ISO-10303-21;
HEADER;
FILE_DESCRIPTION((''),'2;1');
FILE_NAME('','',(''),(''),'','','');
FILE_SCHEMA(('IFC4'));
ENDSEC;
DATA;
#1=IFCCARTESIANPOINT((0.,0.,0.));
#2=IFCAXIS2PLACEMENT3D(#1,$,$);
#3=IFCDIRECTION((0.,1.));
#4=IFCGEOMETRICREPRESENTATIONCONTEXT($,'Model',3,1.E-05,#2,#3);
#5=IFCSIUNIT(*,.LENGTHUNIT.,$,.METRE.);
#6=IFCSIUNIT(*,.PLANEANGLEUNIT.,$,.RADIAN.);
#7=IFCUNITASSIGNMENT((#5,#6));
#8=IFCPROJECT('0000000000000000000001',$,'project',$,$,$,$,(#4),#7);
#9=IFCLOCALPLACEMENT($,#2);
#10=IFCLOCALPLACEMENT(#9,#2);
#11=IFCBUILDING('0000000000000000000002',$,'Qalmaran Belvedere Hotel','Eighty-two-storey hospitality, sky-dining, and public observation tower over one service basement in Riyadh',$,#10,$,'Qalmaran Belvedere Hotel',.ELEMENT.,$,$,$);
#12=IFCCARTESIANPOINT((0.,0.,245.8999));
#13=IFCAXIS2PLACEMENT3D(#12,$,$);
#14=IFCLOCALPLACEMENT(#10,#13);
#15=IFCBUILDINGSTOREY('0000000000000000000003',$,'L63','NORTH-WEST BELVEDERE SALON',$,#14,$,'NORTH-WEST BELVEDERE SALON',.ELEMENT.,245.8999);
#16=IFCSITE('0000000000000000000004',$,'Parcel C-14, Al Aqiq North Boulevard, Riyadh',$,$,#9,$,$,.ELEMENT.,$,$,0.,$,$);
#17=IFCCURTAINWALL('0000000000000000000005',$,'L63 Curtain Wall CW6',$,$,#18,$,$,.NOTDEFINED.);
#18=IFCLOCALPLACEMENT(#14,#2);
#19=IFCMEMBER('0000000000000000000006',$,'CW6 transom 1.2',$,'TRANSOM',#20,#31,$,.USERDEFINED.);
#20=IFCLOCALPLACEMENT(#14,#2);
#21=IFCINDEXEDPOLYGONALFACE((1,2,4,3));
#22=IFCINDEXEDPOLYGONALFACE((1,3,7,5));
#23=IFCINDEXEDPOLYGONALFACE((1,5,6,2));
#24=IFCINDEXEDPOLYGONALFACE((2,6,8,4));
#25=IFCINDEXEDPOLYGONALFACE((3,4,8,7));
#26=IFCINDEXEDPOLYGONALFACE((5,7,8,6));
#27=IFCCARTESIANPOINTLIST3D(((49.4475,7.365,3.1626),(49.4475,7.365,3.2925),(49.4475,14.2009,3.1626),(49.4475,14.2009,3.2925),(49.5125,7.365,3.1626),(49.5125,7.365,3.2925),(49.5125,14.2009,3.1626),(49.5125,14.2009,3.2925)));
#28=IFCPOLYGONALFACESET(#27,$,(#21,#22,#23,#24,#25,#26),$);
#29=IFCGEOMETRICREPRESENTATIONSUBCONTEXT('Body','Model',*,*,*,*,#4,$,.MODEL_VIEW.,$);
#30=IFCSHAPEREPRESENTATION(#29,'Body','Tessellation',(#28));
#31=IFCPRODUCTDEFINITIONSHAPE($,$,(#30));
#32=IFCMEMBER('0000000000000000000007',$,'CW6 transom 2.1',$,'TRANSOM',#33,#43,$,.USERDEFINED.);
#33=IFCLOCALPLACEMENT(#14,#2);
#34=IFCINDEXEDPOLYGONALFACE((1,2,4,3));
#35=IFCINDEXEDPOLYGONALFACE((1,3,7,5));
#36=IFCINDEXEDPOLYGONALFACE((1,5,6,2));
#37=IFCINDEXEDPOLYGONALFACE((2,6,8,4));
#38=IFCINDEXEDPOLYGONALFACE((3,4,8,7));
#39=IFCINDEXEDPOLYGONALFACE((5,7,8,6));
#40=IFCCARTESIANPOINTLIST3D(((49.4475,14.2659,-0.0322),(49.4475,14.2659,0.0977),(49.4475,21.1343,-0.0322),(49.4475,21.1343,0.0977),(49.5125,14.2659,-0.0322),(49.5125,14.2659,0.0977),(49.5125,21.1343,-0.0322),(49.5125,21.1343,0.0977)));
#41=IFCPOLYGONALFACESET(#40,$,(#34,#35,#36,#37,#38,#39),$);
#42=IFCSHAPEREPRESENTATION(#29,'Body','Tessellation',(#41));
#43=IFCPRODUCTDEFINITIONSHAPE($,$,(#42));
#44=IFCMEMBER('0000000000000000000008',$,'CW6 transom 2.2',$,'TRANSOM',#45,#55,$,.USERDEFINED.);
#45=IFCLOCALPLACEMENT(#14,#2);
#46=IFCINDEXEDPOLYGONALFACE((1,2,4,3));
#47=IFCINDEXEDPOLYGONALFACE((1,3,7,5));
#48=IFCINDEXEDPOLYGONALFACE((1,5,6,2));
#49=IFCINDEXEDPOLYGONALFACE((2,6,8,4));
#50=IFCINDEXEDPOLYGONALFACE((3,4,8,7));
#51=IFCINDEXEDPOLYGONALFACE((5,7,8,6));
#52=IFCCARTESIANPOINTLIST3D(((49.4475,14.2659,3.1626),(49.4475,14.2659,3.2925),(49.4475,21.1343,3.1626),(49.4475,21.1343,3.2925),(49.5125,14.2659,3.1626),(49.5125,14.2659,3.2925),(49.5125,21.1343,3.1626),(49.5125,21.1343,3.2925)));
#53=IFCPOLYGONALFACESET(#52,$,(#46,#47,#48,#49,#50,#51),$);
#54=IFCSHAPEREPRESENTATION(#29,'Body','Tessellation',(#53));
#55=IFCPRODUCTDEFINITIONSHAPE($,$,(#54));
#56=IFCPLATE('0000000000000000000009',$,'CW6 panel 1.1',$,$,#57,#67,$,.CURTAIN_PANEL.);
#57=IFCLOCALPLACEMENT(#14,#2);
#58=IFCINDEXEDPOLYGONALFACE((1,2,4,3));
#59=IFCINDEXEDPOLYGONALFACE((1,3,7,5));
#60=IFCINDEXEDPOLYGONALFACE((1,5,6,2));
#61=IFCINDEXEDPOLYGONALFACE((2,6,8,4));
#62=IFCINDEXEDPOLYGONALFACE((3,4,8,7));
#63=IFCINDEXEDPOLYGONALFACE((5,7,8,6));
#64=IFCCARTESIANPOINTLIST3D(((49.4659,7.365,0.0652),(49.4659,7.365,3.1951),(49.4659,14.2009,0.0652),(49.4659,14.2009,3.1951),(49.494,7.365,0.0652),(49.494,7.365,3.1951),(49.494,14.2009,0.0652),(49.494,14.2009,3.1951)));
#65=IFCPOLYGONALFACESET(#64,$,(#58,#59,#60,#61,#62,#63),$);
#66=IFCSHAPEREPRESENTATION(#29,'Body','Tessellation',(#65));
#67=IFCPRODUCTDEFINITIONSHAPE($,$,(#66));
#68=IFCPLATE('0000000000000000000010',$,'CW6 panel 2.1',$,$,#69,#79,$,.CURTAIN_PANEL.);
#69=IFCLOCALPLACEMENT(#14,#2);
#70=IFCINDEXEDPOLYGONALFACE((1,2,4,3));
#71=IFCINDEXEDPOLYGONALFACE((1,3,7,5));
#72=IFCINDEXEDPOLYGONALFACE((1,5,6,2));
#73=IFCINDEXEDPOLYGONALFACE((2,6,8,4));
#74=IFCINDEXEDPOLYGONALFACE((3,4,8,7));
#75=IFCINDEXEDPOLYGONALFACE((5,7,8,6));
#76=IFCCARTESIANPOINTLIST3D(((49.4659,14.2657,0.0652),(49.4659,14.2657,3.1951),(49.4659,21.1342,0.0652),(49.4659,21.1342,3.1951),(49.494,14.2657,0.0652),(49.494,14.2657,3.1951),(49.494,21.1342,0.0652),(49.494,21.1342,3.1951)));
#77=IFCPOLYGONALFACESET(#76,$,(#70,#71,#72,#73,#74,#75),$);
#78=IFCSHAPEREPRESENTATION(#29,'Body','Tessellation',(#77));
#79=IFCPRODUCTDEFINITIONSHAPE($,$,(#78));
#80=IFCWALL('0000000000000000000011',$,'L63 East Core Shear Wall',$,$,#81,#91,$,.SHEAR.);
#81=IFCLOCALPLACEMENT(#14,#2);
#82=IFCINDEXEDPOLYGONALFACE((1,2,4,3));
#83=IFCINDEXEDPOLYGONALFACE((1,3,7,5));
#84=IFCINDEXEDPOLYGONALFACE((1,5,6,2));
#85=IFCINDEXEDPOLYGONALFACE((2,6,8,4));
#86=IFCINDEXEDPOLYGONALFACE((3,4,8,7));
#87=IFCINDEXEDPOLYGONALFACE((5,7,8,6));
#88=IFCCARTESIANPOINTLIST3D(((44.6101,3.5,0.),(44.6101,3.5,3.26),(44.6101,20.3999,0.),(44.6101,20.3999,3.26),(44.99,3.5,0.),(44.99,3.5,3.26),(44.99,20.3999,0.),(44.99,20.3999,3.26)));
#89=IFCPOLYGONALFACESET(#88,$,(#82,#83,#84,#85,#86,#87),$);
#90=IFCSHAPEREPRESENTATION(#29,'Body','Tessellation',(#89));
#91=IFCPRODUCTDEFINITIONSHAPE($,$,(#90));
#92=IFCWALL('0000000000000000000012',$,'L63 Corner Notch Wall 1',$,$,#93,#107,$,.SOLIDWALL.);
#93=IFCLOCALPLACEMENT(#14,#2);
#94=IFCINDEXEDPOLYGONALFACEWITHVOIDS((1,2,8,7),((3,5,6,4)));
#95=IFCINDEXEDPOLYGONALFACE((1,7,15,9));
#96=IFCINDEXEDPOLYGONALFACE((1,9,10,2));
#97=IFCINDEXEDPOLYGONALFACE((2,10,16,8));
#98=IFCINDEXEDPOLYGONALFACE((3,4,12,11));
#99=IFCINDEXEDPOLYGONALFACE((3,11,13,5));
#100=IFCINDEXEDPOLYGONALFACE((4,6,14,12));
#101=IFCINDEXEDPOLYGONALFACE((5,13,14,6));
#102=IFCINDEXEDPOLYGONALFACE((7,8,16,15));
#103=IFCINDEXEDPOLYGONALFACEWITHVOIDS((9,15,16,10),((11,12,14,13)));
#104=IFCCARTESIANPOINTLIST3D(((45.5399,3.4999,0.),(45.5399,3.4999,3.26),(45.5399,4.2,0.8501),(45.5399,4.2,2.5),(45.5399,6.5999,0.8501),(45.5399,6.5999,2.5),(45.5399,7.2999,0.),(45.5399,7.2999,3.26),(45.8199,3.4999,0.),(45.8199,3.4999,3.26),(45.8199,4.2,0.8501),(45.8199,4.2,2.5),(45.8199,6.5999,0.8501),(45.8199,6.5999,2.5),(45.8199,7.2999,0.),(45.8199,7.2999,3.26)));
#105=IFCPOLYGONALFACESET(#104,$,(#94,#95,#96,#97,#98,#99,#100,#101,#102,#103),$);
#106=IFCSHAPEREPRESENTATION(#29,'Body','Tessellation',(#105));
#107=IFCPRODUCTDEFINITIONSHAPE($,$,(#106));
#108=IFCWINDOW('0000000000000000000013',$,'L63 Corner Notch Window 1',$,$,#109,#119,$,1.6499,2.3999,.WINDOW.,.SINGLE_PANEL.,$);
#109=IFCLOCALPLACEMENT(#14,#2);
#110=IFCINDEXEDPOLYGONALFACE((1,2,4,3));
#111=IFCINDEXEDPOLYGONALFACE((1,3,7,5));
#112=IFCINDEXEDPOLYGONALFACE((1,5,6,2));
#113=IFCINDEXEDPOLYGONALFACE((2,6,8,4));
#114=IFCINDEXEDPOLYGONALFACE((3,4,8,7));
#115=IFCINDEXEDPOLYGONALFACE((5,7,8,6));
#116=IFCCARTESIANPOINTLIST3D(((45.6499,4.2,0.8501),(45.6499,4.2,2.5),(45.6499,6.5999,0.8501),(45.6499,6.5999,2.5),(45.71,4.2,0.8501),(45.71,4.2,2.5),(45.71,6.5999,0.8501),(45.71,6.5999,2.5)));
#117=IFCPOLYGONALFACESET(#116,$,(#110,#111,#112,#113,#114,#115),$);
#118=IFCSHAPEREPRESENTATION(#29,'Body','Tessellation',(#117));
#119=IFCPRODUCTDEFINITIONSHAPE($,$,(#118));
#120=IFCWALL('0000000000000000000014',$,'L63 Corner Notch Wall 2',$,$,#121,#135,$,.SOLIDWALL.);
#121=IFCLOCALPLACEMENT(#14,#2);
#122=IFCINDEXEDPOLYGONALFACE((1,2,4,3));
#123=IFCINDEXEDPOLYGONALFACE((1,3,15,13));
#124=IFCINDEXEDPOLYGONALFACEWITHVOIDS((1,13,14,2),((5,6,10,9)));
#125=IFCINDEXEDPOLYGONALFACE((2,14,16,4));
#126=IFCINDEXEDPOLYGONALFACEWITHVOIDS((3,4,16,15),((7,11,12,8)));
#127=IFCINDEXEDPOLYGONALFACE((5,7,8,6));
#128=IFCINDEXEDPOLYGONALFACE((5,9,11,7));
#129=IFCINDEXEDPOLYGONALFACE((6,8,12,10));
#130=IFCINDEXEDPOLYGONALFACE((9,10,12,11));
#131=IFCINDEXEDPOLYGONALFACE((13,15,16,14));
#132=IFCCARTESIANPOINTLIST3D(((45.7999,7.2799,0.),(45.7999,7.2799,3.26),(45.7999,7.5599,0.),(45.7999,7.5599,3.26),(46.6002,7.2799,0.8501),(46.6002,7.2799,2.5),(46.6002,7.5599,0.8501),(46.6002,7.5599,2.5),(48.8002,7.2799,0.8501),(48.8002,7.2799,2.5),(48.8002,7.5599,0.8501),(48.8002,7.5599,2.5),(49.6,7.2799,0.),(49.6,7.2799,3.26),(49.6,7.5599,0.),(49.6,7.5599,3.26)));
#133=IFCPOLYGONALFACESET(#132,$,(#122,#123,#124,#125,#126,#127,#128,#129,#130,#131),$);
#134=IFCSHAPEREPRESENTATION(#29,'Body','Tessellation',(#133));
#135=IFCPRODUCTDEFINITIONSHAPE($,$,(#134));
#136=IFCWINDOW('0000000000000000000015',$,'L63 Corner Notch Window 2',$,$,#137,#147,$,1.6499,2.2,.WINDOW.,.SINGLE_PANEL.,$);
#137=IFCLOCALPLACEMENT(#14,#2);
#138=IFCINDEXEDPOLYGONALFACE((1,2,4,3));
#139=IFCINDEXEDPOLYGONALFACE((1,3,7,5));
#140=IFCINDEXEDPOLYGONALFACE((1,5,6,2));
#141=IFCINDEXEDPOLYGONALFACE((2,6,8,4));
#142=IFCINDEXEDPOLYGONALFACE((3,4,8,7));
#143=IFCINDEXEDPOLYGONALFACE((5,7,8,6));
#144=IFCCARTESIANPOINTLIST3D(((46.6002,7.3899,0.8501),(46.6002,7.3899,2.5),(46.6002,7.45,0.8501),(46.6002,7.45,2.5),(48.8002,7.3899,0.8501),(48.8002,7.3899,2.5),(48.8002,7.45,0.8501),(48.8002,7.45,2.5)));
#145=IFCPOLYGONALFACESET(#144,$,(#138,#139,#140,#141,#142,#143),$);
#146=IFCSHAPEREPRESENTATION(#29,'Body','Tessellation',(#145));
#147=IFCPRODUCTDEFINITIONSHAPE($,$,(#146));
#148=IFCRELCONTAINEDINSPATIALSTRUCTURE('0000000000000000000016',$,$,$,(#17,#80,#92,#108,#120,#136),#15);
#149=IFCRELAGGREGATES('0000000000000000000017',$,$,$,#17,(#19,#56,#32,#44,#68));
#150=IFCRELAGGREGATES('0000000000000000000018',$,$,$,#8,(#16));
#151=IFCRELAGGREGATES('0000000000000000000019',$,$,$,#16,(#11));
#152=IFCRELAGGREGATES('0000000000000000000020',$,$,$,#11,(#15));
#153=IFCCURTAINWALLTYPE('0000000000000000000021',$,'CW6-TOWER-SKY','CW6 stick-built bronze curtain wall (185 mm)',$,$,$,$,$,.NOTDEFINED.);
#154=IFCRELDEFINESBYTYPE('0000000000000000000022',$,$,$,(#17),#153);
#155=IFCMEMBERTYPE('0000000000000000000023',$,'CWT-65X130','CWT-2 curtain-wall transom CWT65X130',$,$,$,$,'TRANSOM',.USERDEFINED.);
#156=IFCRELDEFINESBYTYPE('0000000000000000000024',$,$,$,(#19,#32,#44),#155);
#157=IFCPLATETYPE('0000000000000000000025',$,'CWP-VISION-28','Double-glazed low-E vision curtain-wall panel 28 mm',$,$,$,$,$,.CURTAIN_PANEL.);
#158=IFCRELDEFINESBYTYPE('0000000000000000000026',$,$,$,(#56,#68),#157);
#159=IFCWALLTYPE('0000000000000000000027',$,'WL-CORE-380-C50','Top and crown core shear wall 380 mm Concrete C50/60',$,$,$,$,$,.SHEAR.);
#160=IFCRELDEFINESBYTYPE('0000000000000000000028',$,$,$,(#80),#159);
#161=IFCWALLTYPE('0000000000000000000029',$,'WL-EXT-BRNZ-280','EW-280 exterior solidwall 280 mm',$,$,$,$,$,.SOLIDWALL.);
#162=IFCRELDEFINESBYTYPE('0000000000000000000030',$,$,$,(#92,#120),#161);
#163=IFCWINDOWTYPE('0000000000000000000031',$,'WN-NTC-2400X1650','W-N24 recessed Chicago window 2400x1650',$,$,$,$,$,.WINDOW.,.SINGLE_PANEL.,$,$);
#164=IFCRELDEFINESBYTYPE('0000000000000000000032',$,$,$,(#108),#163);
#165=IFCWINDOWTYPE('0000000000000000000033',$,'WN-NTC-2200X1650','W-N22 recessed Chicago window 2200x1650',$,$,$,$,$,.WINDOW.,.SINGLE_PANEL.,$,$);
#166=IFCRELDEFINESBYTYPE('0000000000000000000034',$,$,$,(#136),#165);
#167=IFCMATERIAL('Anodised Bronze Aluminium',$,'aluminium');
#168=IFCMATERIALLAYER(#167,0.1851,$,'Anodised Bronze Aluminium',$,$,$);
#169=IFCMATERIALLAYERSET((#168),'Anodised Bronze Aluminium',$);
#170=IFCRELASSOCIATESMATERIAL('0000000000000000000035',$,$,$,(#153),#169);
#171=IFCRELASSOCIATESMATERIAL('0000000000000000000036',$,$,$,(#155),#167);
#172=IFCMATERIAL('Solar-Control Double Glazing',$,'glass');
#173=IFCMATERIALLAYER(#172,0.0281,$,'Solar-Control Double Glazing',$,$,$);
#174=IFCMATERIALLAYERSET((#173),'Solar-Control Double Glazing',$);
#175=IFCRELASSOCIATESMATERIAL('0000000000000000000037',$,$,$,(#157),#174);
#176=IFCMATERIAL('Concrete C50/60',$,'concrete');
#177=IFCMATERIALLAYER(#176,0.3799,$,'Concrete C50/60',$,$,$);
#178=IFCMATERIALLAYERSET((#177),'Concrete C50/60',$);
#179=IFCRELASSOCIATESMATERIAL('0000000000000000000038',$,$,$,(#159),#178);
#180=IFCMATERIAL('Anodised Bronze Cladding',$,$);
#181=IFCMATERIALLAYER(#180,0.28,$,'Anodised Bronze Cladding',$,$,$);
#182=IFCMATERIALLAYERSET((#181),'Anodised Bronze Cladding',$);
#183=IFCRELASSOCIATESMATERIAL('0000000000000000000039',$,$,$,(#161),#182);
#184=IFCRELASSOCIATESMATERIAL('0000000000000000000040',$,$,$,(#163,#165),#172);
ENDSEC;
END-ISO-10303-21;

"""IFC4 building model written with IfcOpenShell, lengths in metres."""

from ifc_helpers import new_model, si_unit, direction, frame, frame_2d, origin, origin_2d, place, context, subcontext, project, spatial, rectangle, extrude, material, layer, layer_set, material_profile, profile_set, type_object, element, fill, aggregate, save


model = new_model("IFC4")

# Units and contexts
model_context = context("Model", 3, precision=1e-05, world=origin(), true_north=direction((0.0, 1.0)))
body_context = subcontext(model_context, "Body", "Model", "MODEL_VIEW")
ifc_project = project(units=[si_unit("LENGTHUNIT", "METRE"), si_unit("PLANEANGLEUNIT", "RADIAN")], contexts=[model_context])

# Site, building, storey
site_placement = place(None, origin())
site = spatial("IfcSite", under=ifc_project, at=site_placement, Name="Parcel C-14, Al Aqiq North Boulevard, Riyadh", CompositionType="ELEMENT", RefElevation=0.0)
building_placement = place(site_placement, origin())
building = spatial("IfcBuilding", under=site, at=building_placement, Name="Qalmaran Belvedere Hotel", Description="Eighty-two-storey hospitality, sky-dining, and public observation tower over one service basement in Riyadh", LongName="Qalmaran Belvedere Hotel", CompositionType="ELEMENT")
storey_placement = place(building_placement, frame((0.0, 0.0, 245.8999)))
storey = spatial("IfcBuildingStorey", under=building, at=storey_placement, Name="L63", Description="NORTH-WEST BELVEDERE SALON", LongName="NORTH-WEST BELVEDERE SALON", CompositionType="ELEMENT", Elevation=245.8999)

# Shared definitions
ifc_material_1 = material(Name="Concrete C50/60", Category="concrete")

# Curtain wall, members, plates
ifc_material_2 = material(Name="Anodised Bronze Aluminium", Category="aluminium")
ifc_layer_1 = layer(ifc_material_2, 0.1851, Name="Anodised Bronze Aluminium")
ifc_layer_set_1 = layer_set([ifc_layer_1], Name="Anodised Bronze Aluminium")
curtain_wall_type = type_object("IfcCurtainWallType", Name="CW6-TOWER-SKY", Description="CW6 stick-built bronze curtain wall (185 mm)", PredefinedType="NOTDEFINED", material=ifc_layer_set_1)
curtain_wall_placement = place(storey_placement, origin())
curtain_wall = element("IfcCurtainWall", 1, at=curtain_wall_placement, inside=storey, type_object=curtain_wall_type, Name="L63 Curtain Wall CW6", PredefinedType="NOTDEFINED")
ifc_material_profile_1 = material_profile(ifc_material_2, rectangle(XDim=0.0649, YDim=0.1299, at=origin_2d()), Name="CWT65X130")
ifc_profile_set_1 = profile_set([ifc_material_profile_1], Name="Anodised Bronze Aluminium")
member_type_1 = type_object("IfcMemberType", Name="CWT-65X130", Description="CWT-2 curtain-wall transom CWT65X130", ElementType="TRANSOM", PredefinedType="USERDEFINED", material=ifc_profile_set_1)
member_1_placement = place(storey_placement, frame((49.48, 7.365, 3.2275), z_axis=(0.0, 1.0, 0.0), x_axis=(-1.0, 0.0, 0.0)))
member_1 = element("IfcMember", 2, at=member_1_placement, type_object=member_type_1, Name="CW6 transom 1.2", ObjectType="TRANSOM", PredefinedType="USERDEFINED", context=body_context, shape_type="SweptSolid", body=[
    extrude(rectangle(XDim=0.0649, YDim=0.1299, at=origin_2d()), origin(), (0.0, 0.0, 1.0), 6.8359),
])
member_2_placement = place(storey_placement, frame((49.48, 14.2659, 0.0327), z_axis=(0.0, 1.0, 0.0), x_axis=(-1.0, 0.0, 0.0)))
member_2 = element("IfcMember", 3, at=member_2_placement, type_object=member_type_1, Name="CW6 transom 2.1", ObjectType="TRANSOM", PredefinedType="USERDEFINED", context=body_context, shape_type="SweptSolid", body=[
    extrude(rectangle(XDim=0.0649, YDim=0.1299, at=origin_2d()), origin(), (0.0, 0.0, 1.0), 6.8684),
])
member_3_placement = place(storey_placement, frame((49.48, 14.2659, 3.2275), z_axis=(0.0, 1.0, 0.0), x_axis=(-1.0, 0.0, 0.0)))
member_3 = element("IfcMember", 4, at=member_3_placement, type_object=member_type_1, Name="CW6 transom 2.2", ObjectType="TRANSOM", PredefinedType="USERDEFINED", context=body_context, shape_type="SweptSolid", body=[
    extrude(rectangle(XDim=0.0649, YDim=0.1299, at=origin_2d()), origin(), (0.0, 0.0, 1.0), 6.8684),
])
ifc_material_3 = material(Name="Solar-Control Double Glazing", Category="glass")
ifc_layer_2 = layer(ifc_material_3, 0.0281, Name="Solar-Control Double Glazing")
ifc_layer_set_2 = layer_set([ifc_layer_2], Name="Solar-Control Double Glazing")
plate_type = type_object("IfcPlateType", Name="CWP-VISION-28", Description="Double-glazed low-E vision curtain-wall panel 28 mm", PredefinedType="CURTAIN_PANEL", material=ifc_layer_set_2)
plate_1_placement = place(storey_placement, frame((49.48, 10.783, 0.0652), z_axis=(0.0, 0.0, 1.0), x_axis=(0.0, 1.0, 0.0)))
plate_1 = element("IfcPlate", 5, at=plate_1_placement, type_object=plate_type, Name="CW6 panel 1.1", PredefinedType="CURTAIN_PANEL", context=body_context, shape_type="SweptSolid", body=[
    extrude(rectangle(XDim=6.8359, YDim=0.0281, at=origin_2d()), origin(), (0.0, 0.0, 1.0), 3.1299),
])
plate_2_placement = place(storey_placement, frame((49.48, 17.7, 0.0652), z_axis=(0.0, 0.0, 1.0), x_axis=(0.0, 1.0, 0.0)))
plate_2 = element("IfcPlate", 6, at=plate_2_placement, type_object=plate_type, Name="CW6 panel 2.1", PredefinedType="CURTAIN_PANEL", context=body_context, shape_type="SweptSolid", body=[
    extrude(rectangle(XDim=6.8684, YDim=0.0281, at=origin_2d()), origin(), (0.0, 0.0, 1.0), 3.1299),
])
aggregate(curtain_wall, [member_1, plate_1, member_2, member_3, plate_2])

# Wall
ifc_layer_3 = layer(ifc_material_1, 0.3799, Name="Concrete C50/60")
ifc_layer_set_3 = layer_set([ifc_layer_3], Name="Concrete C50/60")
wall_type_1 = type_object("IfcWallType", Name="WL-CORE-380-C50", Description="Top and crown core shear wall 380 mm Concrete C50/60", PredefinedType="SHEAR", material=ifc_layer_set_3)
wall_1_placement = place(storey_placement, frame((44.8, 3.5, 0.0), z_axis=(0.0, 0.0, 1.0), x_axis=(0.0, 1.0, 0.0)))
element("IfcWall", 7, at=wall_1_placement, inside=storey, type_object=wall_type_1, Name="L63 East Core Shear Wall", PredefinedType="SHEAR", context=body_context, shape_type="SweptSolid", body=[
    extrude(rectangle(XDim=16.8999, YDim=0.3799, at=frame_2d((8.45, 0.0))), origin(), (0.0, 0.0, 1.0), 3.26),
])

# Walls, openings, windows
ifc_material_4 = material(Name="Anodised Bronze Cladding")
ifc_layer_4 = layer(ifc_material_4, 0.28, Name="Anodised Bronze Cladding")
ifc_layer_set_4 = layer_set([ifc_layer_4], Name="Anodised Bronze Cladding")
wall_type_2 = type_object("IfcWallType", Name="WL-EXT-BRNZ-280", Description="EW-280 exterior solidwall 280 mm", PredefinedType="SOLIDWALL", material=ifc_layer_set_4)
wall_2_placement = place(storey_placement, frame((45.6799, 3.5, 0.0), z_axis=(0.0, 0.0, 1.0), x_axis=(0.0, 1.0, 0.0)))
wall_2 = element("IfcWall", 8, at=wall_2_placement, inside=storey, type_object=wall_type_2, Name="L63 Corner Notch Wall 1", PredefinedType="SOLIDWALL", context=body_context, shape_type="SweptSolid", body=[
    extrude(rectangle(XDim=3.8, YDim=0.28, at=frame_2d((1.8999, 0.0))), origin(), (0.0, 0.0, 1.0), 3.26),
])
opening_1_placement = place(wall_2_placement, frame((0.7, 0.0, 0.8501)))
opening_1 = element("IfcOpeningElement", 9, at=opening_1_placement, cuts=wall_2, PredefinedType="OPENING", context=body_context, shape_type="SweptSolid", body=[
    extrude(rectangle(XDim=2.3999, YDim=1.6499, at=frame_2d((1.2, 0.825))), frame((0.0, 0.1499, 0.0), z_axis=(0.0, -1.0, 0.0), x_axis=(1.0, 0.0, 0.0)), (0.0, 0.0, 1.0), 0.3),
])
window_type_1 = type_object("IfcWindowType", Name="WN-NTC-2400X1650", Description="W-N24 recessed Chicago window 2400x1650", PartitioningType="SINGLE_PANEL", PredefinedType="WINDOW", material=ifc_material_3)
window_1_placement = place(opening_1_placement, origin())
window_1 = element("IfcWindow", 10, at=window_1_placement, inside=storey, type_object=window_type_1, Name="L63 Corner Notch Window 1", OverallHeight=1.6499, OverallWidth=2.3999, PartitioningType="SINGLE_PANEL", PredefinedType="WINDOW", context=body_context, shape_type="SweptSolid", body=[
    extrude(rectangle(XDim=2.3999, YDim=1.6499, at=frame_2d((1.2, 0.825))), frame((0.0, 0.03, 0.0), z_axis=(0.0, -1.0, 0.0), x_axis=(1.0, 0.0, 0.0)), (0.0, 0.0, 1.0), 0.0601),
])
fill(opening_1, window_1)
wall_3_placement = place(storey_placement, frame((45.8, 7.4199, 0.0), z_axis=(0.0, 0.0, 1.0), x_axis=(1.0, 0.0, 0.0)))
wall_3 = element("IfcWall", 11, at=wall_3_placement, inside=storey, type_object=wall_type_2, Name="L63 Corner Notch Wall 2", PredefinedType="SOLIDWALL", context=body_context, shape_type="SweptSolid", body=[
    extrude(rectangle(XDim=3.8, YDim=0.28, at=frame_2d((1.8999, 0.0))), origin(), (0.0, 0.0, 1.0), 3.26),
])
opening_2_placement = place(wall_3_placement, frame((0.8, 0.0, 0.8501)))
opening_2 = element("IfcOpeningElement", 12, at=opening_2_placement, cuts=wall_3, PredefinedType="OPENING", context=body_context, shape_type="SweptSolid", body=[
    extrude(rectangle(XDim=2.2, YDim=1.6499, at=frame_2d((1.1001, 0.825))), frame((0.0, 0.1499, 0.0), z_axis=(0.0, -1.0, 0.0), x_axis=(1.0, 0.0, 0.0)), (0.0, 0.0, 1.0), 0.3),
])
window_type_2 = type_object("IfcWindowType", Name="WN-NTC-2200X1650", Description="W-N22 recessed Chicago window 2200x1650", PartitioningType="SINGLE_PANEL", PredefinedType="WINDOW", material=ifc_material_3)
window_2_placement = place(opening_2_placement, origin())
window_2 = element("IfcWindow", 13, at=window_2_placement, inside=storey, type_object=window_type_2, Name="L63 Corner Notch Window 2", OverallHeight=1.6499, OverallWidth=2.2, PartitioningType="SINGLE_PANEL", PredefinedType="WINDOW", context=body_context, shape_type="SweptSolid", body=[
    extrude(rectangle(XDim=2.2, YDim=1.6499, at=frame_2d((1.1001, 0.825))), frame((0.0, 0.03, 0.0), z_axis=(0.0, -1.0, 0.0), x_axis=(1.0, 0.0, 0.0)), (0.0, 0.0, 1.0), 0.0601),
])
fill(opening_2, window_2)

save(model, "model.ifc")
